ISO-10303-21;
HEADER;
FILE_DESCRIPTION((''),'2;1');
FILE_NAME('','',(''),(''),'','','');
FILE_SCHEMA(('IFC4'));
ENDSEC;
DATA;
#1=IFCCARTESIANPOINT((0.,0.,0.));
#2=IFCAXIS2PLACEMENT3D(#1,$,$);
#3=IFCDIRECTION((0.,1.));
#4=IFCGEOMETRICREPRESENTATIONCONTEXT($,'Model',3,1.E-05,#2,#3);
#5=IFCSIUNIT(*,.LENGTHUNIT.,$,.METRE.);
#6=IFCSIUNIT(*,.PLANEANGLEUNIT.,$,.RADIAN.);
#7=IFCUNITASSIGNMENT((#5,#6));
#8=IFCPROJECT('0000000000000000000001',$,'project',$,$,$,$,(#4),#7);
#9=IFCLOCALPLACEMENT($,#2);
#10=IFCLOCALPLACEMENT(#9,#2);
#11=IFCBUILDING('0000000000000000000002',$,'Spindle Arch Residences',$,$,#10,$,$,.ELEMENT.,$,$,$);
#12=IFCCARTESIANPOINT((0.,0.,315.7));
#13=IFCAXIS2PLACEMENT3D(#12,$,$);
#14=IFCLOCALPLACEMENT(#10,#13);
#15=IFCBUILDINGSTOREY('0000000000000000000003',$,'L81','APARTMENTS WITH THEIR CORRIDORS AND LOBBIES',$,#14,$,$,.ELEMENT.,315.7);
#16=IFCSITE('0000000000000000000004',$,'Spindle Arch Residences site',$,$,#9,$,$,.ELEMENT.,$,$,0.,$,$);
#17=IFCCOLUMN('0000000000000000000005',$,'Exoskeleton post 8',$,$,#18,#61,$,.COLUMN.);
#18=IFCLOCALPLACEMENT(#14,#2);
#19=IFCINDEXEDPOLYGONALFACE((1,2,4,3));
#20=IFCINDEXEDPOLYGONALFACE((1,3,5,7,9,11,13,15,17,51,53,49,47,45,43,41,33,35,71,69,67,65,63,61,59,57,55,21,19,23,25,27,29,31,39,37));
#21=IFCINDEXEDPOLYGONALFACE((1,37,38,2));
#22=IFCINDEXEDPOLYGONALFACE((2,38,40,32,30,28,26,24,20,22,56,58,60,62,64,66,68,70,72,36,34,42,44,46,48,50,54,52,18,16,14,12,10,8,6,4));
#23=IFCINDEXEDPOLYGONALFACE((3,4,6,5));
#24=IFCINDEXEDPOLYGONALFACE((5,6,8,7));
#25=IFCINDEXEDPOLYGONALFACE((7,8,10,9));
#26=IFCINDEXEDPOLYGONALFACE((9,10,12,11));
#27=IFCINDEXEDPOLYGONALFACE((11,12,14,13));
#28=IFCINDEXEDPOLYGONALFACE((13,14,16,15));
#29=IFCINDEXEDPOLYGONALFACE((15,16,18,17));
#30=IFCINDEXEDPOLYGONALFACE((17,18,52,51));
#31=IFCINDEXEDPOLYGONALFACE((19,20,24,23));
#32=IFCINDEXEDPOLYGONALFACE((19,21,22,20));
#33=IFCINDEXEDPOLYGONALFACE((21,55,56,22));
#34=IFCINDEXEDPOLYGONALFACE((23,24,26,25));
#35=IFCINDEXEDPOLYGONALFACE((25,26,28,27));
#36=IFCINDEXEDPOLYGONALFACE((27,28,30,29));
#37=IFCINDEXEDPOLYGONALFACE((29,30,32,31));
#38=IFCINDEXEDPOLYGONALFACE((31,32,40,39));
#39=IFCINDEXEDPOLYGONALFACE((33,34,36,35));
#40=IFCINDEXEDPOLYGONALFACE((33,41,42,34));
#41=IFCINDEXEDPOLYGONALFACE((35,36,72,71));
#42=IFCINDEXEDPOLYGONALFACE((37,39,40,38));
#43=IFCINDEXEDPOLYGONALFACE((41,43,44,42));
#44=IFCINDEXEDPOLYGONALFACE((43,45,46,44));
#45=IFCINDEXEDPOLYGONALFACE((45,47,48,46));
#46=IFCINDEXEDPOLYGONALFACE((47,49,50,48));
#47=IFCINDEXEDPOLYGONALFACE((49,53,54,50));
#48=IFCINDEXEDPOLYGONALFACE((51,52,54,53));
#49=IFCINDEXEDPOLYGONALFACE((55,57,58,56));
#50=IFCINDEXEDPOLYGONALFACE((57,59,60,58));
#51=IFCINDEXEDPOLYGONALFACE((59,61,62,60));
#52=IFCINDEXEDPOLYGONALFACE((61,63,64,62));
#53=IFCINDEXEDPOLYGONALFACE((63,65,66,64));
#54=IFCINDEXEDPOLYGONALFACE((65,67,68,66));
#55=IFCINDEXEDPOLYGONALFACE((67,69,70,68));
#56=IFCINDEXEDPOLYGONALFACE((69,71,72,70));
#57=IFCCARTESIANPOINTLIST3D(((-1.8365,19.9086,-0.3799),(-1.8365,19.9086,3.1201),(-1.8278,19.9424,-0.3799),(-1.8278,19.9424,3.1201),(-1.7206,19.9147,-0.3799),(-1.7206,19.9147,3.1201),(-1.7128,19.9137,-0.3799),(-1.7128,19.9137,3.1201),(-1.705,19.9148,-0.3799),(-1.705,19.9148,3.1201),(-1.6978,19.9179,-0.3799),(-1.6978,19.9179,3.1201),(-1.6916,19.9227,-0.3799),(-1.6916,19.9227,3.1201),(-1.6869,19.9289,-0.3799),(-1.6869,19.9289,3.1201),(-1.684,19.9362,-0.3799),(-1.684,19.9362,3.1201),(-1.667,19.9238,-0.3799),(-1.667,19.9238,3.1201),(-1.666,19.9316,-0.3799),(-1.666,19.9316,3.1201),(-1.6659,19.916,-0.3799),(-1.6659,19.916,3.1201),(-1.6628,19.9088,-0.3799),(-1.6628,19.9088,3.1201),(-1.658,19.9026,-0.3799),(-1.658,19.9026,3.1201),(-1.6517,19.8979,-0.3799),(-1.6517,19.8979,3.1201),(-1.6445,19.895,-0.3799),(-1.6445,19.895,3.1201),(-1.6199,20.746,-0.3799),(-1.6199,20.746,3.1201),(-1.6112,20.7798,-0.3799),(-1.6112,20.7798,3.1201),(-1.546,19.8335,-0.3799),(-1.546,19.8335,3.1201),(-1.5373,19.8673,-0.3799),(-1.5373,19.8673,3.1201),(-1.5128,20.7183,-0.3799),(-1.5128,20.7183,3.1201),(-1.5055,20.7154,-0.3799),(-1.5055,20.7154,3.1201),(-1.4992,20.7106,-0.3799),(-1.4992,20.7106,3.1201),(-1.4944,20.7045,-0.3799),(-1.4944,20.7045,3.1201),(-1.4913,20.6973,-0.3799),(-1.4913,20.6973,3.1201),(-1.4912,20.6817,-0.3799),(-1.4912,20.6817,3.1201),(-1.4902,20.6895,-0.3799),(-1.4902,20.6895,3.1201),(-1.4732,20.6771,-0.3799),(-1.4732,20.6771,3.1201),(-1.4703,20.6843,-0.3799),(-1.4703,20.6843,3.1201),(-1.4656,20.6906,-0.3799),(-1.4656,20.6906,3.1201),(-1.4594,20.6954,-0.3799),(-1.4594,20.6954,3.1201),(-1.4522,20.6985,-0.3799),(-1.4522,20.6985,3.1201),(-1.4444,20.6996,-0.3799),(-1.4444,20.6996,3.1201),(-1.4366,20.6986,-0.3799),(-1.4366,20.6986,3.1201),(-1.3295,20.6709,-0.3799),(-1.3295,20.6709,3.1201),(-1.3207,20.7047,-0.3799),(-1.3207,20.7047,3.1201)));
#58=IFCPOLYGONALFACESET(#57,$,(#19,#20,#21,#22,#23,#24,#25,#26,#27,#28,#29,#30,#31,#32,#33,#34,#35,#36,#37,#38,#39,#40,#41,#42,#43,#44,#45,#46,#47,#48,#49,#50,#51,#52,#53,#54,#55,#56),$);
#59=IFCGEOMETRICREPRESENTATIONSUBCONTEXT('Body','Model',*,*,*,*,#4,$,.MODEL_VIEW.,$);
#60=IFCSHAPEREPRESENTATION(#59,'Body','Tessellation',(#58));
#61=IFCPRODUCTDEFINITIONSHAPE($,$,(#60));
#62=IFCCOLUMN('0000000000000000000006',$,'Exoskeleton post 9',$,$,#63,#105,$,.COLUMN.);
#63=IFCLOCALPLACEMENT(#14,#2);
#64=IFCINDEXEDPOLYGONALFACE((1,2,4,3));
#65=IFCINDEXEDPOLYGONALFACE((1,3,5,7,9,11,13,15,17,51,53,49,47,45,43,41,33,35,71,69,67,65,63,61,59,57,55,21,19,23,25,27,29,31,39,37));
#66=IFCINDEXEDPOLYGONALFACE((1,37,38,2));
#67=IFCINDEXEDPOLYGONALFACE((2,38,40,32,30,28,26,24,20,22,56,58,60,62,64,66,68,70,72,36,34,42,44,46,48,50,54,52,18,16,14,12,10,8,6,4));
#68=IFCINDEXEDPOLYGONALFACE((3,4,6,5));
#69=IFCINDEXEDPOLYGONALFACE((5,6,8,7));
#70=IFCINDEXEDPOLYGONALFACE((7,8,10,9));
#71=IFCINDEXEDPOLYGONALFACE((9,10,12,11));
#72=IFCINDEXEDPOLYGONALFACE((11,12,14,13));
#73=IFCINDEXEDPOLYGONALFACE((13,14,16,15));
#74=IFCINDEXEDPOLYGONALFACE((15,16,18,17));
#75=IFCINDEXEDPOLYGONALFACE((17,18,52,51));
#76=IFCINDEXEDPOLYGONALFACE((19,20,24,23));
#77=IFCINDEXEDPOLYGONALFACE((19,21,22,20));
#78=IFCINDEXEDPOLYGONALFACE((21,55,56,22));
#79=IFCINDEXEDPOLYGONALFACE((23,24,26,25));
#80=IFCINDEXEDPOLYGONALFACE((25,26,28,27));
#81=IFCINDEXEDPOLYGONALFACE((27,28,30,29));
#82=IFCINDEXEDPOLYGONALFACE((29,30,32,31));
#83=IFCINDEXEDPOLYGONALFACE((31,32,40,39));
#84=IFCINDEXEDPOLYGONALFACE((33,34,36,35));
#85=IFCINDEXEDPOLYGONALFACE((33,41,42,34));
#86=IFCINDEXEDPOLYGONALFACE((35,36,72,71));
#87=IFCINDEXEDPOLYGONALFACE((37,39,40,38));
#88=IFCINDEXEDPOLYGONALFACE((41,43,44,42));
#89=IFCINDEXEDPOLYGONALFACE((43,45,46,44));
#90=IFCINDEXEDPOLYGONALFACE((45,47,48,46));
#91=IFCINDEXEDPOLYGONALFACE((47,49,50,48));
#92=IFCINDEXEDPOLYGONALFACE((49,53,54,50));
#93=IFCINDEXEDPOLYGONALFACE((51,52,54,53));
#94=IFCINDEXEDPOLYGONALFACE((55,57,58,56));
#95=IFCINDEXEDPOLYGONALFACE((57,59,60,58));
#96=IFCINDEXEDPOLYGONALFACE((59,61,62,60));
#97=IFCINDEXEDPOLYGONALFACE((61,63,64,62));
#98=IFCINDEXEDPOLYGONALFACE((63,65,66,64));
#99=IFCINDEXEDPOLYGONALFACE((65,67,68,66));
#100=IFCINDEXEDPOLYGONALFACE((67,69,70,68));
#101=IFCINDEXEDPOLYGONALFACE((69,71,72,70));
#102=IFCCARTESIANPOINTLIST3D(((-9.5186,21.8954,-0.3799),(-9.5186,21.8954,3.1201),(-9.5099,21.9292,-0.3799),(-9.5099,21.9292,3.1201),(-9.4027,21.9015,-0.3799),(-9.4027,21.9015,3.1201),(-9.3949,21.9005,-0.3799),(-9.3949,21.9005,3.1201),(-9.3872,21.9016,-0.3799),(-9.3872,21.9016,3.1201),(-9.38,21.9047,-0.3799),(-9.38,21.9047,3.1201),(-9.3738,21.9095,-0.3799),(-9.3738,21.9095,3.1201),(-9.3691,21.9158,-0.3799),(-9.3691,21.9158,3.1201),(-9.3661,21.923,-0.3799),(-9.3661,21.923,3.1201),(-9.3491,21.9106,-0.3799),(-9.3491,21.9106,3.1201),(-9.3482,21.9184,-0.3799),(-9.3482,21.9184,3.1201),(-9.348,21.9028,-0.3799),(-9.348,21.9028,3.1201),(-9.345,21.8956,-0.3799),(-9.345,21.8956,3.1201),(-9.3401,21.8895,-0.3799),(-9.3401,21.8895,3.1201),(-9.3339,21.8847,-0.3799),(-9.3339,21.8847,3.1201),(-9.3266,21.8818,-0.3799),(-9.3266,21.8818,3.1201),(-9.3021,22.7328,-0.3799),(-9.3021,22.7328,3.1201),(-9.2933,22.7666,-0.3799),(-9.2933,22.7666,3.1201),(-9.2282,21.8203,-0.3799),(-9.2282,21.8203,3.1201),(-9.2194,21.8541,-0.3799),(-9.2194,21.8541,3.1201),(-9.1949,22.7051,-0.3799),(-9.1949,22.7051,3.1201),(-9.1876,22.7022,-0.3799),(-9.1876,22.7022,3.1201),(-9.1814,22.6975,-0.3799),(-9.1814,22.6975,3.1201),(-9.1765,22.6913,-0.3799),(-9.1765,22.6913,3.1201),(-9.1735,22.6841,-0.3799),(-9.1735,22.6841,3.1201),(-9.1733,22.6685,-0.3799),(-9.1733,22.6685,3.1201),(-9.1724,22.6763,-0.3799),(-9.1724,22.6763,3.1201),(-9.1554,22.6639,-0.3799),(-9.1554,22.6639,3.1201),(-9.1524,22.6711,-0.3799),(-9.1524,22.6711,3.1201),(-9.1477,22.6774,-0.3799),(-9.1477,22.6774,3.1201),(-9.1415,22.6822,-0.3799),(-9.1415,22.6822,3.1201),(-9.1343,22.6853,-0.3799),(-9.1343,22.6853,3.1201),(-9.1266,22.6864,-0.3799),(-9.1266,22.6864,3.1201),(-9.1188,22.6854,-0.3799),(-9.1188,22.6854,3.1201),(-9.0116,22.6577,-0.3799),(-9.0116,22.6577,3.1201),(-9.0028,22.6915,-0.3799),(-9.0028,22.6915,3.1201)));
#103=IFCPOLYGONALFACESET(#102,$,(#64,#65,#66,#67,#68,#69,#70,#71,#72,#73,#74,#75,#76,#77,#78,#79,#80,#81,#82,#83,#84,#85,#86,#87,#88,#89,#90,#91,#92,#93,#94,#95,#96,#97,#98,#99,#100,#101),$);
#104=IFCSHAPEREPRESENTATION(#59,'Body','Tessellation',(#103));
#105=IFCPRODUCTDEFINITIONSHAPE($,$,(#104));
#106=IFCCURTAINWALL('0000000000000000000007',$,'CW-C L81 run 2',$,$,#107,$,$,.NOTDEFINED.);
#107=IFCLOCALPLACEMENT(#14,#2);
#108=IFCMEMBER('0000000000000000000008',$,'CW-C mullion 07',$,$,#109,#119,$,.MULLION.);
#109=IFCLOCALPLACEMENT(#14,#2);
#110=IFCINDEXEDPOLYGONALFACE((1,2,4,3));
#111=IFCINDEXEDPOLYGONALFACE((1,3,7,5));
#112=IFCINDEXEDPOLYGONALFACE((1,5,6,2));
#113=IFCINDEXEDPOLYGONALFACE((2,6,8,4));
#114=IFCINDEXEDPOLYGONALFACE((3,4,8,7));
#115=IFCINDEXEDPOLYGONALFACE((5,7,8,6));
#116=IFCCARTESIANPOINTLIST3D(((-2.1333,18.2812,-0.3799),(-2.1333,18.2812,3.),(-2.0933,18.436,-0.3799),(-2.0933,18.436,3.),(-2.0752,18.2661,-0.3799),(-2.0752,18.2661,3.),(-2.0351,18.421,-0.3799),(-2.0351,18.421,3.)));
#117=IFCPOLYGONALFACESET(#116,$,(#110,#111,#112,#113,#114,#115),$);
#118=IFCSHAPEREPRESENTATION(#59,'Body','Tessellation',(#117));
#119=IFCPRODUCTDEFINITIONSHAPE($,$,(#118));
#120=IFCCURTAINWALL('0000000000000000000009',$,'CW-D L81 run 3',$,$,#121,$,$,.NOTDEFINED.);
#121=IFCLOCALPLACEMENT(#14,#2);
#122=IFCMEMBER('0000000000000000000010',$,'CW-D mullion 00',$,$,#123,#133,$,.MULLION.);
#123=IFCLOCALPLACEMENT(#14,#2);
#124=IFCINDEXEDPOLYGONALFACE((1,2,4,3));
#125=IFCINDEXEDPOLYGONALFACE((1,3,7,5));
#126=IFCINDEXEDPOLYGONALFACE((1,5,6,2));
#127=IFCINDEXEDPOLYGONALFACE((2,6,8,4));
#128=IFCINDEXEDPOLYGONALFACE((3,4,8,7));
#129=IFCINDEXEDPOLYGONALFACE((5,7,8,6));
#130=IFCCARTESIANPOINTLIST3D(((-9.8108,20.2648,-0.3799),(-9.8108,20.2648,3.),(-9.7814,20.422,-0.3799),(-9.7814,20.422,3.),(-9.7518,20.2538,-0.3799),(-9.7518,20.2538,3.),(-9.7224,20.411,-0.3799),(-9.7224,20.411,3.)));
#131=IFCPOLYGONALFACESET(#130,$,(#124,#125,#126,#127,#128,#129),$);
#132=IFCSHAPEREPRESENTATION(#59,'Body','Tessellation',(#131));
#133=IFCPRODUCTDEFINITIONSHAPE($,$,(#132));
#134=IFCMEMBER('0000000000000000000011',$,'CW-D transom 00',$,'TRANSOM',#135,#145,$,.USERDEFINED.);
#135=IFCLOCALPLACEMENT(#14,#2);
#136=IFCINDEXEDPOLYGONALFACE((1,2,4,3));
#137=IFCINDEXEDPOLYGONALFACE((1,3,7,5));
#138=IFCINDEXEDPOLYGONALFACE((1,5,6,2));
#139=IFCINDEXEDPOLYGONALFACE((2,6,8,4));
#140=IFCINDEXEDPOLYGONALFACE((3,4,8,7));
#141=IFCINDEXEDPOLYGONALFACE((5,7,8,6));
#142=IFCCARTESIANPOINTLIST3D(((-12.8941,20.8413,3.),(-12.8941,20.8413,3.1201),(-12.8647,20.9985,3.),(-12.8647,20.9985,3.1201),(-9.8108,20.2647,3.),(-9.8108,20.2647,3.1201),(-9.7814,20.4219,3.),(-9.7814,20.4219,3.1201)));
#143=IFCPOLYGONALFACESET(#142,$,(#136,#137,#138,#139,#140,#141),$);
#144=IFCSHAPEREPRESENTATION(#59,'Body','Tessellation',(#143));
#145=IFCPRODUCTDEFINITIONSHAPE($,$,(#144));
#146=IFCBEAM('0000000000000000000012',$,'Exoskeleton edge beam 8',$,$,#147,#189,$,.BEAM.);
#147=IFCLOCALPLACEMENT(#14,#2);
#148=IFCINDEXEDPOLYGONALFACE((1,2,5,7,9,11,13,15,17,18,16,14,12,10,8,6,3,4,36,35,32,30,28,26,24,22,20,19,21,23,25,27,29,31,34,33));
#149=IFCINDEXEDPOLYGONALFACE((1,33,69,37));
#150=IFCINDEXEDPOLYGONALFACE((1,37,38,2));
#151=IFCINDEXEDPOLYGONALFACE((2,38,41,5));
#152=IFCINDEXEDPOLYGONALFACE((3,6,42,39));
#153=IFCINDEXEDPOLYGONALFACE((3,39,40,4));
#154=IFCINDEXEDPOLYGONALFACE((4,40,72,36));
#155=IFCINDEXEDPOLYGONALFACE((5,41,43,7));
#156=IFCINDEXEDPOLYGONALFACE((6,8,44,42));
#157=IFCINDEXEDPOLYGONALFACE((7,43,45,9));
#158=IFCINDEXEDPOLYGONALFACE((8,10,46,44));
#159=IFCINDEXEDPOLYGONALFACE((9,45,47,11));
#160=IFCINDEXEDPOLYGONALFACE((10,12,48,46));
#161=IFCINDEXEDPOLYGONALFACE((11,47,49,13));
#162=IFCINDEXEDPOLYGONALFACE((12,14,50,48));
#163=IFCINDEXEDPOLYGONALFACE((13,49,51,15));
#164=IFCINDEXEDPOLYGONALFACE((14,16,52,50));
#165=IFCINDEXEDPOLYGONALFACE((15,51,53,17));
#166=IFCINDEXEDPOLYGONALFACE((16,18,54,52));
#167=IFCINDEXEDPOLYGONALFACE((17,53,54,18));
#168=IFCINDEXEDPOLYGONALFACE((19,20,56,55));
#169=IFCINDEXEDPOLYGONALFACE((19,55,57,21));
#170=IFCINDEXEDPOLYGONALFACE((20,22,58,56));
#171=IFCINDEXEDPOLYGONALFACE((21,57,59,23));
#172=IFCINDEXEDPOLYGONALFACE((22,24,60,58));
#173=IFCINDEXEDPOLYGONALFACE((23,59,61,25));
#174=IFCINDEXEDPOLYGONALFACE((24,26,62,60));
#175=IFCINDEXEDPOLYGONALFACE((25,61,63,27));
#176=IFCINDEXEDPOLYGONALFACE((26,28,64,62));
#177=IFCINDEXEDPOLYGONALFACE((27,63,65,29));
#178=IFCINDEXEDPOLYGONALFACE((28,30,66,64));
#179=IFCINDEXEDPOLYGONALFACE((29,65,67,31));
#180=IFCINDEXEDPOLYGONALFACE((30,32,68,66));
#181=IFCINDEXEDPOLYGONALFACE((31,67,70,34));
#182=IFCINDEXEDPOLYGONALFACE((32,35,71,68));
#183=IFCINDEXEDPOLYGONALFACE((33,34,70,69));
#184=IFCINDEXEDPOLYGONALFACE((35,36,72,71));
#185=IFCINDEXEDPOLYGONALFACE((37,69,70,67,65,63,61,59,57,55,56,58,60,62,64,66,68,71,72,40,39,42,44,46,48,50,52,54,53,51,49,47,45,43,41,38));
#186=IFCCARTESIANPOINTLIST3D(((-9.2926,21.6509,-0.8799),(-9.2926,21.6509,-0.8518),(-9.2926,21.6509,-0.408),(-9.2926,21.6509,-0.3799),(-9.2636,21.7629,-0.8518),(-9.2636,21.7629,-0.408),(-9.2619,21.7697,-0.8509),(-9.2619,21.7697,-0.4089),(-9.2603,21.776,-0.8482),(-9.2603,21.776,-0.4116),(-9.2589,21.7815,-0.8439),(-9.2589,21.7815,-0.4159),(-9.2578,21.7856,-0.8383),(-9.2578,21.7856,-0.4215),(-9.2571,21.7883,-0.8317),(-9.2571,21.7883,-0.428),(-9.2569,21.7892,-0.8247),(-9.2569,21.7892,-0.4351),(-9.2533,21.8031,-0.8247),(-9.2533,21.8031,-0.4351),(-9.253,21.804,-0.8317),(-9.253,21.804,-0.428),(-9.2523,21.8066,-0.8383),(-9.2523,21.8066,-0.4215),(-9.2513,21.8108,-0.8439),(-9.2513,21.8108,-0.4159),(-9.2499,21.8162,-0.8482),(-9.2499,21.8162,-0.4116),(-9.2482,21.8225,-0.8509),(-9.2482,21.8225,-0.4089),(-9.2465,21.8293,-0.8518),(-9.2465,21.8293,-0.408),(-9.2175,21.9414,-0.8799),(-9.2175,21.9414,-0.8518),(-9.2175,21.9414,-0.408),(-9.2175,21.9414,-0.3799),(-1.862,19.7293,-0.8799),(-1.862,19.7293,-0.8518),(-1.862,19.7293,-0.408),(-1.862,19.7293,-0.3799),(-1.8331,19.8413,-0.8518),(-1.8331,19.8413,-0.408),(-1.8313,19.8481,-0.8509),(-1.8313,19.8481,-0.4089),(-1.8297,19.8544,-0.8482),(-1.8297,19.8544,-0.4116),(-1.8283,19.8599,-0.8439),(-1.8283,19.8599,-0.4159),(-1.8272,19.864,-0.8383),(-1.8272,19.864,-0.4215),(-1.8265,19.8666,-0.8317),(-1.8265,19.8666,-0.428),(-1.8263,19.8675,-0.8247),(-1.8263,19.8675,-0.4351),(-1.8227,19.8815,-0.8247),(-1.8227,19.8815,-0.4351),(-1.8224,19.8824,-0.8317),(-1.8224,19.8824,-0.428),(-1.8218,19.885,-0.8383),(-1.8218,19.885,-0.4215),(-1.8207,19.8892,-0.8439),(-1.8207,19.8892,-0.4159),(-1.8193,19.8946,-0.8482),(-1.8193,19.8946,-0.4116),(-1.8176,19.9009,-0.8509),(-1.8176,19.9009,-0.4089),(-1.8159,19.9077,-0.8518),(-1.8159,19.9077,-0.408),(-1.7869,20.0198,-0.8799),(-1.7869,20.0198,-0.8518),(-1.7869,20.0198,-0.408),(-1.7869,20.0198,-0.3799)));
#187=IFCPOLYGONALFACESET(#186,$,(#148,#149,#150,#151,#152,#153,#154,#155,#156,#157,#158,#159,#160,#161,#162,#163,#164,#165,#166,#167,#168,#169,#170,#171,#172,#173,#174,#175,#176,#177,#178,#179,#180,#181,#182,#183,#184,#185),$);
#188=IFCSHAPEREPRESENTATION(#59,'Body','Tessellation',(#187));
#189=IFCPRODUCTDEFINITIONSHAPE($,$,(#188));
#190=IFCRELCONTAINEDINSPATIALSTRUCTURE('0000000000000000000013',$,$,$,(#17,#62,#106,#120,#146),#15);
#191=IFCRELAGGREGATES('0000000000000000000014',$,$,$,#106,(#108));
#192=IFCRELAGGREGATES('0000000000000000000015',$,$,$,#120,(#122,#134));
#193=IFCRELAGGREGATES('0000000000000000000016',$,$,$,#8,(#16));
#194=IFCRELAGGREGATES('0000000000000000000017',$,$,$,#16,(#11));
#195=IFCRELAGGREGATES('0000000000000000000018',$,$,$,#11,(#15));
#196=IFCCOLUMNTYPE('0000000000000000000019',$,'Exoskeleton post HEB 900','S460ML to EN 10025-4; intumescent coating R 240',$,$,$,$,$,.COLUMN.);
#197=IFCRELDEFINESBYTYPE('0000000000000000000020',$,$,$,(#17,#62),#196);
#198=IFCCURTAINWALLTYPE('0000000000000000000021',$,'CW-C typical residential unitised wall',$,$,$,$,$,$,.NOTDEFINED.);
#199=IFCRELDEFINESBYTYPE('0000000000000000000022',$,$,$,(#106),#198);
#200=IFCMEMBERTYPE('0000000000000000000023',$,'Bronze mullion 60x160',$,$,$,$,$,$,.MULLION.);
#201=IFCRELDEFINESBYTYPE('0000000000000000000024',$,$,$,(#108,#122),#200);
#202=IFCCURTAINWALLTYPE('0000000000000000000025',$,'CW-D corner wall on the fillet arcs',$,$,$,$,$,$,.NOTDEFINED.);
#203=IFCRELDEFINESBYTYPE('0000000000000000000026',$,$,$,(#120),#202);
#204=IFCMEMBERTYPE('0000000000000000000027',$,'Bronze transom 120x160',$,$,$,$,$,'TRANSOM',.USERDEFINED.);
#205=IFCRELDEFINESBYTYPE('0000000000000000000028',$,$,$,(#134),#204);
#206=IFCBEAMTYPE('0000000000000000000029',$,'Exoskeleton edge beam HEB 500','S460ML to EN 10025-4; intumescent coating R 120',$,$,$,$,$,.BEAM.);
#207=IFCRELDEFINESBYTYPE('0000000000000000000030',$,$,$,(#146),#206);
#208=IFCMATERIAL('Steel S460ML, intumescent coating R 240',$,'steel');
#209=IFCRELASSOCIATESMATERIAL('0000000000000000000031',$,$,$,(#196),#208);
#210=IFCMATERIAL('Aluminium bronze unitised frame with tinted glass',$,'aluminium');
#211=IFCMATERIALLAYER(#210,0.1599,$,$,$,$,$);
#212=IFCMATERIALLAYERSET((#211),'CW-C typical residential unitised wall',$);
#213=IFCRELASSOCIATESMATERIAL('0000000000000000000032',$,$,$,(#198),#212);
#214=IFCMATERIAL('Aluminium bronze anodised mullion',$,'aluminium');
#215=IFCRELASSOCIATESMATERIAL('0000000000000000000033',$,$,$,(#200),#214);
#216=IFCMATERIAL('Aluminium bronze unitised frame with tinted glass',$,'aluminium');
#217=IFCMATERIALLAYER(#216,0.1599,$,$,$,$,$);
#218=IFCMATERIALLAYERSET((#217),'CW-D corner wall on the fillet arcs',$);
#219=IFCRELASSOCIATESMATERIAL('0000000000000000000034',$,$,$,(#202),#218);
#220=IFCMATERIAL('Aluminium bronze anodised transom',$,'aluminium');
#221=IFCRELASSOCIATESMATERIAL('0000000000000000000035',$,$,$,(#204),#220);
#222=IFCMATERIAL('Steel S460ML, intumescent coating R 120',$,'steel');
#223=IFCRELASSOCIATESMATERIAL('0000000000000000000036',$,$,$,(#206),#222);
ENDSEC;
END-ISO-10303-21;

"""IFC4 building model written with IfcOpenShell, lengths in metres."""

from ifc_helpers import new_model, si_unit, direction, frame, origin, origin_2d, place, context, subcontext, project, spatial, rectangle, i_section, extrude, material, layer, layer_set, material_profile, profile_set, type_object, element, aggregate, save


model = new_model("IFC4")

# Units and contexts
model_context = context("Model", 3, precision=1e-05, world=origin(), true_north=direction((0.0, 1.0)))
body_context = subcontext(model_context, "Body", "Model", "MODEL_VIEW")
ifc_project = project(units=[si_unit("LENGTHUNIT", "METRE"), si_unit("PLANEANGLEUNIT", "RADIAN")], contexts=[model_context])

# Site, building, storey
site_placement = place(None, origin())
site = spatial("IfcSite", under=ifc_project, at=site_placement, Name="Spindle Arch Residences site", CompositionType="ELEMENT", RefElevation=0.0)
building_placement = place(site_placement, origin())
building = spatial("IfcBuilding", under=site, at=building_placement, Name="Spindle Arch Residences", CompositionType="ELEMENT")
storey_placement = place(building_placement, frame((0.0, 0.0, 315.7)))
storey = spatial("IfcBuildingStorey", under=building, at=storey_placement, Name="L81", Description="APARTMENTS WITH THEIR CORRIDORS AND LOBBIES", CompositionType="ELEMENT", Elevation=315.7)

# Columns
ifc_material_1 = material(Name="Steel S460ML, intumescent coating R 240", Category="steel")
ifc_material_profile_1 = material_profile(ifc_material_1, i_section(OverallWidth=0.3, OverallDepth=0.8999, WebThickness=0.0186, FlangeThickness=0.0349, FilletRadius=0.03, at=origin_2d()), Name="HEB 900")
ifc_profile_set_1 = profile_set([ifc_material_profile_1], Name="Steel S460ML, intumescent coating R 240")
column_type = type_object("IfcColumnType", Name="Exoskeleton post HEB 900", Description="S460ML to EN 10025-4; intumescent coating R 240", PredefinedType="COLUMN", material=ifc_profile_set_1)
for number, where, z_axis, x_axis, name in (
    (1, (-1.5786, 20.3066, -0.3799), (0.0, 0.0, 1.0), (0.968148, -0.25038, 0.0), "Exoskeleton post 8"),
    (2, (-9.2607, 22.2935, -0.3799), (0.0, 0.0, 1.0), (0.968148, -0.25038, 0.0), "Exoskeleton post 9"),
):
    element("IfcColumn", number, at=place(storey_placement, frame(where, z_axis=z_axis, x_axis=x_axis)), inside=storey, type_object=column_type, Name=name, PredefinedType="COLUMN", context=body_context, shape_type="SweptSolid", body=[
        extrude(i_section(OverallWidth=0.3, OverallDepth=0.8999, WebThickness=0.0186, FlangeThickness=0.0349, FilletRadius=0.03, at=origin_2d()), origin(), (0.0, 0.0, 1.0), 3.5),
    ])

# Curtain wall, member
ifc_material_2 = material(Name="Aluminium bronze unitised frame with tinted glass", Category="aluminium")
ifc_layer_1 = layer(ifc_material_2, 0.1599)
ifc_layer_set_1 = layer_set([ifc_layer_1], Name="CW-C typical residential unitised wall")
curtain_wall_type_1 = type_object("IfcCurtainWallType", Name="CW-C typical residential unitised wall", PredefinedType="NOTDEFINED", material=ifc_layer_set_1)
curtain_wall_1_placement = place(storey_placement, origin())
curtain_wall_1 = element("IfcCurtainWall", 3, at=curtain_wall_1_placement, inside=storey, type_object=curtain_wall_type_1, Name="CW-C L81 run 2", PredefinedType="NOTDEFINED")
ifc_material_3 = material(Name="Aluminium bronze anodised mullion", Category="aluminium")
ifc_material_profile_2 = material_profile(ifc_material_3, rectangle(XDim=0.1599, YDim=0.0601, at=origin_2d()), Name="MU 60x160")
ifc_profile_set_2 = profile_set([ifc_material_profile_2], Name="Aluminium bronze anodised mullion")
member_type_1 = type_object("IfcMemberType", Name="Bronze mullion 60x160", PredefinedType="MULLION", material=ifc_profile_set_2)
member_1_placement = place(storey_placement, frame((-2.0842, 18.3511, -0.3799), z_axis=(0.0, 0.0, 1.0), x_axis=(-0.25038, -0.968148, 0.0)))
member_1 = element("IfcMember", 4, at=member_1_placement, type_object=member_type_1, Name="CW-C mullion 07", PredefinedType="MULLION", context=body_context, shape_type="SweptSolid", body=[
    extrude(rectangle(XDim=0.1599, YDim=0.0601, at=origin_2d()), origin(), (0.0, 0.0, 1.0), 3.3799),
])

# Curtain wall, members
ifc_material_4 = material(Name="Aluminium bronze unitised frame with tinted glass", Category="aluminium")
ifc_layer_2 = layer(ifc_material_4, 0.1599)
ifc_layer_set_2 = layer_set([ifc_layer_2], Name="CW-D corner wall on the fillet arcs")
curtain_wall_type_2 = type_object("IfcCurtainWallType", Name="CW-D corner wall on the fillet arcs", PredefinedType="NOTDEFINED", material=ifc_layer_set_2)
curtain_wall_2_placement = place(storey_placement, origin())
curtain_wall_2 = element("IfcCurtainWall", 5, at=curtain_wall_2_placement, inside=storey, type_object=curtain_wall_type_2, Name="CW-D L81 run 3", PredefinedType="NOTDEFINED")
member_2_placement = place(storey_placement, frame((-9.7666, 20.3379, -0.3799), z_axis=(0.0, 0.0, 1.0), x_axis=(-0.183837, -0.982957, 0.0)))
member_2 = element("IfcMember", 6, at=member_2_placement, type_object=member_type_1, Name="CW-D mullion 00", PredefinedType="MULLION", context=body_context, shape_type="SweptSolid", body=[
    extrude(rectangle(XDim=0.1599, YDim=0.0601, at=origin_2d()), origin(), (0.0, 0.0, 1.0), 3.3799),
])
ifc_material_5 = material(Name="Aluminium bronze anodised transom", Category="aluminium")
ifc_material_profile_3 = material_profile(ifc_material_5, rectangle(XDim=0.1599, YDim=0.1201, at=origin_2d()), Name="TR 120x160")
ifc_profile_set_3 = profile_set([ifc_material_profile_3], Name="Aluminium bronze anodised transom")
member_type_2 = type_object("IfcMemberType", Name="Bronze transom 120x160", ElementType="TRANSOM", PredefinedType="USERDEFINED", material=ifc_profile_set_3)
member_3_placement = place(storey_placement, frame((-9.7961, 20.3433, 3.0601), z_axis=(-0.982956, 0.183842, 0.0), x_axis=(-0.183842, -0.982956, 0.0)))
member_3 = element("IfcMember", 7, at=member_3_placement, type_object=member_type_2, Name="CW-D transom 00", ObjectType="TRANSOM", PredefinedType="USERDEFINED", context=body_context, shape_type="SweptSolid", body=[
    extrude(rectangle(XDim=0.1599, YDim=0.1201, at=origin_2d()), origin(), (0.0, 0.0, 1.0), 3.1367),
])

# Beam
ifc_material_6 = material(Name="Steel S460ML, intumescent coating R 120", Category="steel")
ifc_material_profile_4 = material_profile(ifc_material_6, i_section(OverallWidth=0.3, OverallDepth=0.5, WebThickness=0.0144, FlangeThickness=0.0281, FilletRadius=0.0271, at=origin_2d()), Name="HEB 500")
ifc_profile_set_4 = profile_set([ifc_material_profile_4], Name="Steel S460ML, intumescent coating R 120")
beam_type_1 = type_object("IfcBeamType", Name="Exoskeleton edge beam HEB 500", Description="S460ML to EN 10025-4; intumescent coating R 120", PredefinedType="BEAM", material=ifc_profile_set_4)
beam_1_placement = place(storey_placement, frame((-1.8245, 19.8745, -0.6299), z_axis=(-0.96815, 0.250372, 0.0), x_axis=(-0.250372, -0.96815, 0.0)))
element("IfcBeam", 8, at=beam_1_placement, inside=storey, type_object=beam_type_1, Name="Exoskeleton edge beam 8", PredefinedType="BEAM", context=body_context, shape_type="SweptSolid", body=[
    extrude(i_section(OverallWidth=0.3, OverallDepth=0.5, WebThickness=0.0144, FlangeThickness=0.0281, FilletRadius=0.0271, at=origin_2d()), origin(), (0.0, 0.0, 1.0), 7.675),
])

aggregate(curtain_wall_1, [member_1])
aggregate(curtain_wall_2, [member_2, member_3])

save(model, "model.ifc")
